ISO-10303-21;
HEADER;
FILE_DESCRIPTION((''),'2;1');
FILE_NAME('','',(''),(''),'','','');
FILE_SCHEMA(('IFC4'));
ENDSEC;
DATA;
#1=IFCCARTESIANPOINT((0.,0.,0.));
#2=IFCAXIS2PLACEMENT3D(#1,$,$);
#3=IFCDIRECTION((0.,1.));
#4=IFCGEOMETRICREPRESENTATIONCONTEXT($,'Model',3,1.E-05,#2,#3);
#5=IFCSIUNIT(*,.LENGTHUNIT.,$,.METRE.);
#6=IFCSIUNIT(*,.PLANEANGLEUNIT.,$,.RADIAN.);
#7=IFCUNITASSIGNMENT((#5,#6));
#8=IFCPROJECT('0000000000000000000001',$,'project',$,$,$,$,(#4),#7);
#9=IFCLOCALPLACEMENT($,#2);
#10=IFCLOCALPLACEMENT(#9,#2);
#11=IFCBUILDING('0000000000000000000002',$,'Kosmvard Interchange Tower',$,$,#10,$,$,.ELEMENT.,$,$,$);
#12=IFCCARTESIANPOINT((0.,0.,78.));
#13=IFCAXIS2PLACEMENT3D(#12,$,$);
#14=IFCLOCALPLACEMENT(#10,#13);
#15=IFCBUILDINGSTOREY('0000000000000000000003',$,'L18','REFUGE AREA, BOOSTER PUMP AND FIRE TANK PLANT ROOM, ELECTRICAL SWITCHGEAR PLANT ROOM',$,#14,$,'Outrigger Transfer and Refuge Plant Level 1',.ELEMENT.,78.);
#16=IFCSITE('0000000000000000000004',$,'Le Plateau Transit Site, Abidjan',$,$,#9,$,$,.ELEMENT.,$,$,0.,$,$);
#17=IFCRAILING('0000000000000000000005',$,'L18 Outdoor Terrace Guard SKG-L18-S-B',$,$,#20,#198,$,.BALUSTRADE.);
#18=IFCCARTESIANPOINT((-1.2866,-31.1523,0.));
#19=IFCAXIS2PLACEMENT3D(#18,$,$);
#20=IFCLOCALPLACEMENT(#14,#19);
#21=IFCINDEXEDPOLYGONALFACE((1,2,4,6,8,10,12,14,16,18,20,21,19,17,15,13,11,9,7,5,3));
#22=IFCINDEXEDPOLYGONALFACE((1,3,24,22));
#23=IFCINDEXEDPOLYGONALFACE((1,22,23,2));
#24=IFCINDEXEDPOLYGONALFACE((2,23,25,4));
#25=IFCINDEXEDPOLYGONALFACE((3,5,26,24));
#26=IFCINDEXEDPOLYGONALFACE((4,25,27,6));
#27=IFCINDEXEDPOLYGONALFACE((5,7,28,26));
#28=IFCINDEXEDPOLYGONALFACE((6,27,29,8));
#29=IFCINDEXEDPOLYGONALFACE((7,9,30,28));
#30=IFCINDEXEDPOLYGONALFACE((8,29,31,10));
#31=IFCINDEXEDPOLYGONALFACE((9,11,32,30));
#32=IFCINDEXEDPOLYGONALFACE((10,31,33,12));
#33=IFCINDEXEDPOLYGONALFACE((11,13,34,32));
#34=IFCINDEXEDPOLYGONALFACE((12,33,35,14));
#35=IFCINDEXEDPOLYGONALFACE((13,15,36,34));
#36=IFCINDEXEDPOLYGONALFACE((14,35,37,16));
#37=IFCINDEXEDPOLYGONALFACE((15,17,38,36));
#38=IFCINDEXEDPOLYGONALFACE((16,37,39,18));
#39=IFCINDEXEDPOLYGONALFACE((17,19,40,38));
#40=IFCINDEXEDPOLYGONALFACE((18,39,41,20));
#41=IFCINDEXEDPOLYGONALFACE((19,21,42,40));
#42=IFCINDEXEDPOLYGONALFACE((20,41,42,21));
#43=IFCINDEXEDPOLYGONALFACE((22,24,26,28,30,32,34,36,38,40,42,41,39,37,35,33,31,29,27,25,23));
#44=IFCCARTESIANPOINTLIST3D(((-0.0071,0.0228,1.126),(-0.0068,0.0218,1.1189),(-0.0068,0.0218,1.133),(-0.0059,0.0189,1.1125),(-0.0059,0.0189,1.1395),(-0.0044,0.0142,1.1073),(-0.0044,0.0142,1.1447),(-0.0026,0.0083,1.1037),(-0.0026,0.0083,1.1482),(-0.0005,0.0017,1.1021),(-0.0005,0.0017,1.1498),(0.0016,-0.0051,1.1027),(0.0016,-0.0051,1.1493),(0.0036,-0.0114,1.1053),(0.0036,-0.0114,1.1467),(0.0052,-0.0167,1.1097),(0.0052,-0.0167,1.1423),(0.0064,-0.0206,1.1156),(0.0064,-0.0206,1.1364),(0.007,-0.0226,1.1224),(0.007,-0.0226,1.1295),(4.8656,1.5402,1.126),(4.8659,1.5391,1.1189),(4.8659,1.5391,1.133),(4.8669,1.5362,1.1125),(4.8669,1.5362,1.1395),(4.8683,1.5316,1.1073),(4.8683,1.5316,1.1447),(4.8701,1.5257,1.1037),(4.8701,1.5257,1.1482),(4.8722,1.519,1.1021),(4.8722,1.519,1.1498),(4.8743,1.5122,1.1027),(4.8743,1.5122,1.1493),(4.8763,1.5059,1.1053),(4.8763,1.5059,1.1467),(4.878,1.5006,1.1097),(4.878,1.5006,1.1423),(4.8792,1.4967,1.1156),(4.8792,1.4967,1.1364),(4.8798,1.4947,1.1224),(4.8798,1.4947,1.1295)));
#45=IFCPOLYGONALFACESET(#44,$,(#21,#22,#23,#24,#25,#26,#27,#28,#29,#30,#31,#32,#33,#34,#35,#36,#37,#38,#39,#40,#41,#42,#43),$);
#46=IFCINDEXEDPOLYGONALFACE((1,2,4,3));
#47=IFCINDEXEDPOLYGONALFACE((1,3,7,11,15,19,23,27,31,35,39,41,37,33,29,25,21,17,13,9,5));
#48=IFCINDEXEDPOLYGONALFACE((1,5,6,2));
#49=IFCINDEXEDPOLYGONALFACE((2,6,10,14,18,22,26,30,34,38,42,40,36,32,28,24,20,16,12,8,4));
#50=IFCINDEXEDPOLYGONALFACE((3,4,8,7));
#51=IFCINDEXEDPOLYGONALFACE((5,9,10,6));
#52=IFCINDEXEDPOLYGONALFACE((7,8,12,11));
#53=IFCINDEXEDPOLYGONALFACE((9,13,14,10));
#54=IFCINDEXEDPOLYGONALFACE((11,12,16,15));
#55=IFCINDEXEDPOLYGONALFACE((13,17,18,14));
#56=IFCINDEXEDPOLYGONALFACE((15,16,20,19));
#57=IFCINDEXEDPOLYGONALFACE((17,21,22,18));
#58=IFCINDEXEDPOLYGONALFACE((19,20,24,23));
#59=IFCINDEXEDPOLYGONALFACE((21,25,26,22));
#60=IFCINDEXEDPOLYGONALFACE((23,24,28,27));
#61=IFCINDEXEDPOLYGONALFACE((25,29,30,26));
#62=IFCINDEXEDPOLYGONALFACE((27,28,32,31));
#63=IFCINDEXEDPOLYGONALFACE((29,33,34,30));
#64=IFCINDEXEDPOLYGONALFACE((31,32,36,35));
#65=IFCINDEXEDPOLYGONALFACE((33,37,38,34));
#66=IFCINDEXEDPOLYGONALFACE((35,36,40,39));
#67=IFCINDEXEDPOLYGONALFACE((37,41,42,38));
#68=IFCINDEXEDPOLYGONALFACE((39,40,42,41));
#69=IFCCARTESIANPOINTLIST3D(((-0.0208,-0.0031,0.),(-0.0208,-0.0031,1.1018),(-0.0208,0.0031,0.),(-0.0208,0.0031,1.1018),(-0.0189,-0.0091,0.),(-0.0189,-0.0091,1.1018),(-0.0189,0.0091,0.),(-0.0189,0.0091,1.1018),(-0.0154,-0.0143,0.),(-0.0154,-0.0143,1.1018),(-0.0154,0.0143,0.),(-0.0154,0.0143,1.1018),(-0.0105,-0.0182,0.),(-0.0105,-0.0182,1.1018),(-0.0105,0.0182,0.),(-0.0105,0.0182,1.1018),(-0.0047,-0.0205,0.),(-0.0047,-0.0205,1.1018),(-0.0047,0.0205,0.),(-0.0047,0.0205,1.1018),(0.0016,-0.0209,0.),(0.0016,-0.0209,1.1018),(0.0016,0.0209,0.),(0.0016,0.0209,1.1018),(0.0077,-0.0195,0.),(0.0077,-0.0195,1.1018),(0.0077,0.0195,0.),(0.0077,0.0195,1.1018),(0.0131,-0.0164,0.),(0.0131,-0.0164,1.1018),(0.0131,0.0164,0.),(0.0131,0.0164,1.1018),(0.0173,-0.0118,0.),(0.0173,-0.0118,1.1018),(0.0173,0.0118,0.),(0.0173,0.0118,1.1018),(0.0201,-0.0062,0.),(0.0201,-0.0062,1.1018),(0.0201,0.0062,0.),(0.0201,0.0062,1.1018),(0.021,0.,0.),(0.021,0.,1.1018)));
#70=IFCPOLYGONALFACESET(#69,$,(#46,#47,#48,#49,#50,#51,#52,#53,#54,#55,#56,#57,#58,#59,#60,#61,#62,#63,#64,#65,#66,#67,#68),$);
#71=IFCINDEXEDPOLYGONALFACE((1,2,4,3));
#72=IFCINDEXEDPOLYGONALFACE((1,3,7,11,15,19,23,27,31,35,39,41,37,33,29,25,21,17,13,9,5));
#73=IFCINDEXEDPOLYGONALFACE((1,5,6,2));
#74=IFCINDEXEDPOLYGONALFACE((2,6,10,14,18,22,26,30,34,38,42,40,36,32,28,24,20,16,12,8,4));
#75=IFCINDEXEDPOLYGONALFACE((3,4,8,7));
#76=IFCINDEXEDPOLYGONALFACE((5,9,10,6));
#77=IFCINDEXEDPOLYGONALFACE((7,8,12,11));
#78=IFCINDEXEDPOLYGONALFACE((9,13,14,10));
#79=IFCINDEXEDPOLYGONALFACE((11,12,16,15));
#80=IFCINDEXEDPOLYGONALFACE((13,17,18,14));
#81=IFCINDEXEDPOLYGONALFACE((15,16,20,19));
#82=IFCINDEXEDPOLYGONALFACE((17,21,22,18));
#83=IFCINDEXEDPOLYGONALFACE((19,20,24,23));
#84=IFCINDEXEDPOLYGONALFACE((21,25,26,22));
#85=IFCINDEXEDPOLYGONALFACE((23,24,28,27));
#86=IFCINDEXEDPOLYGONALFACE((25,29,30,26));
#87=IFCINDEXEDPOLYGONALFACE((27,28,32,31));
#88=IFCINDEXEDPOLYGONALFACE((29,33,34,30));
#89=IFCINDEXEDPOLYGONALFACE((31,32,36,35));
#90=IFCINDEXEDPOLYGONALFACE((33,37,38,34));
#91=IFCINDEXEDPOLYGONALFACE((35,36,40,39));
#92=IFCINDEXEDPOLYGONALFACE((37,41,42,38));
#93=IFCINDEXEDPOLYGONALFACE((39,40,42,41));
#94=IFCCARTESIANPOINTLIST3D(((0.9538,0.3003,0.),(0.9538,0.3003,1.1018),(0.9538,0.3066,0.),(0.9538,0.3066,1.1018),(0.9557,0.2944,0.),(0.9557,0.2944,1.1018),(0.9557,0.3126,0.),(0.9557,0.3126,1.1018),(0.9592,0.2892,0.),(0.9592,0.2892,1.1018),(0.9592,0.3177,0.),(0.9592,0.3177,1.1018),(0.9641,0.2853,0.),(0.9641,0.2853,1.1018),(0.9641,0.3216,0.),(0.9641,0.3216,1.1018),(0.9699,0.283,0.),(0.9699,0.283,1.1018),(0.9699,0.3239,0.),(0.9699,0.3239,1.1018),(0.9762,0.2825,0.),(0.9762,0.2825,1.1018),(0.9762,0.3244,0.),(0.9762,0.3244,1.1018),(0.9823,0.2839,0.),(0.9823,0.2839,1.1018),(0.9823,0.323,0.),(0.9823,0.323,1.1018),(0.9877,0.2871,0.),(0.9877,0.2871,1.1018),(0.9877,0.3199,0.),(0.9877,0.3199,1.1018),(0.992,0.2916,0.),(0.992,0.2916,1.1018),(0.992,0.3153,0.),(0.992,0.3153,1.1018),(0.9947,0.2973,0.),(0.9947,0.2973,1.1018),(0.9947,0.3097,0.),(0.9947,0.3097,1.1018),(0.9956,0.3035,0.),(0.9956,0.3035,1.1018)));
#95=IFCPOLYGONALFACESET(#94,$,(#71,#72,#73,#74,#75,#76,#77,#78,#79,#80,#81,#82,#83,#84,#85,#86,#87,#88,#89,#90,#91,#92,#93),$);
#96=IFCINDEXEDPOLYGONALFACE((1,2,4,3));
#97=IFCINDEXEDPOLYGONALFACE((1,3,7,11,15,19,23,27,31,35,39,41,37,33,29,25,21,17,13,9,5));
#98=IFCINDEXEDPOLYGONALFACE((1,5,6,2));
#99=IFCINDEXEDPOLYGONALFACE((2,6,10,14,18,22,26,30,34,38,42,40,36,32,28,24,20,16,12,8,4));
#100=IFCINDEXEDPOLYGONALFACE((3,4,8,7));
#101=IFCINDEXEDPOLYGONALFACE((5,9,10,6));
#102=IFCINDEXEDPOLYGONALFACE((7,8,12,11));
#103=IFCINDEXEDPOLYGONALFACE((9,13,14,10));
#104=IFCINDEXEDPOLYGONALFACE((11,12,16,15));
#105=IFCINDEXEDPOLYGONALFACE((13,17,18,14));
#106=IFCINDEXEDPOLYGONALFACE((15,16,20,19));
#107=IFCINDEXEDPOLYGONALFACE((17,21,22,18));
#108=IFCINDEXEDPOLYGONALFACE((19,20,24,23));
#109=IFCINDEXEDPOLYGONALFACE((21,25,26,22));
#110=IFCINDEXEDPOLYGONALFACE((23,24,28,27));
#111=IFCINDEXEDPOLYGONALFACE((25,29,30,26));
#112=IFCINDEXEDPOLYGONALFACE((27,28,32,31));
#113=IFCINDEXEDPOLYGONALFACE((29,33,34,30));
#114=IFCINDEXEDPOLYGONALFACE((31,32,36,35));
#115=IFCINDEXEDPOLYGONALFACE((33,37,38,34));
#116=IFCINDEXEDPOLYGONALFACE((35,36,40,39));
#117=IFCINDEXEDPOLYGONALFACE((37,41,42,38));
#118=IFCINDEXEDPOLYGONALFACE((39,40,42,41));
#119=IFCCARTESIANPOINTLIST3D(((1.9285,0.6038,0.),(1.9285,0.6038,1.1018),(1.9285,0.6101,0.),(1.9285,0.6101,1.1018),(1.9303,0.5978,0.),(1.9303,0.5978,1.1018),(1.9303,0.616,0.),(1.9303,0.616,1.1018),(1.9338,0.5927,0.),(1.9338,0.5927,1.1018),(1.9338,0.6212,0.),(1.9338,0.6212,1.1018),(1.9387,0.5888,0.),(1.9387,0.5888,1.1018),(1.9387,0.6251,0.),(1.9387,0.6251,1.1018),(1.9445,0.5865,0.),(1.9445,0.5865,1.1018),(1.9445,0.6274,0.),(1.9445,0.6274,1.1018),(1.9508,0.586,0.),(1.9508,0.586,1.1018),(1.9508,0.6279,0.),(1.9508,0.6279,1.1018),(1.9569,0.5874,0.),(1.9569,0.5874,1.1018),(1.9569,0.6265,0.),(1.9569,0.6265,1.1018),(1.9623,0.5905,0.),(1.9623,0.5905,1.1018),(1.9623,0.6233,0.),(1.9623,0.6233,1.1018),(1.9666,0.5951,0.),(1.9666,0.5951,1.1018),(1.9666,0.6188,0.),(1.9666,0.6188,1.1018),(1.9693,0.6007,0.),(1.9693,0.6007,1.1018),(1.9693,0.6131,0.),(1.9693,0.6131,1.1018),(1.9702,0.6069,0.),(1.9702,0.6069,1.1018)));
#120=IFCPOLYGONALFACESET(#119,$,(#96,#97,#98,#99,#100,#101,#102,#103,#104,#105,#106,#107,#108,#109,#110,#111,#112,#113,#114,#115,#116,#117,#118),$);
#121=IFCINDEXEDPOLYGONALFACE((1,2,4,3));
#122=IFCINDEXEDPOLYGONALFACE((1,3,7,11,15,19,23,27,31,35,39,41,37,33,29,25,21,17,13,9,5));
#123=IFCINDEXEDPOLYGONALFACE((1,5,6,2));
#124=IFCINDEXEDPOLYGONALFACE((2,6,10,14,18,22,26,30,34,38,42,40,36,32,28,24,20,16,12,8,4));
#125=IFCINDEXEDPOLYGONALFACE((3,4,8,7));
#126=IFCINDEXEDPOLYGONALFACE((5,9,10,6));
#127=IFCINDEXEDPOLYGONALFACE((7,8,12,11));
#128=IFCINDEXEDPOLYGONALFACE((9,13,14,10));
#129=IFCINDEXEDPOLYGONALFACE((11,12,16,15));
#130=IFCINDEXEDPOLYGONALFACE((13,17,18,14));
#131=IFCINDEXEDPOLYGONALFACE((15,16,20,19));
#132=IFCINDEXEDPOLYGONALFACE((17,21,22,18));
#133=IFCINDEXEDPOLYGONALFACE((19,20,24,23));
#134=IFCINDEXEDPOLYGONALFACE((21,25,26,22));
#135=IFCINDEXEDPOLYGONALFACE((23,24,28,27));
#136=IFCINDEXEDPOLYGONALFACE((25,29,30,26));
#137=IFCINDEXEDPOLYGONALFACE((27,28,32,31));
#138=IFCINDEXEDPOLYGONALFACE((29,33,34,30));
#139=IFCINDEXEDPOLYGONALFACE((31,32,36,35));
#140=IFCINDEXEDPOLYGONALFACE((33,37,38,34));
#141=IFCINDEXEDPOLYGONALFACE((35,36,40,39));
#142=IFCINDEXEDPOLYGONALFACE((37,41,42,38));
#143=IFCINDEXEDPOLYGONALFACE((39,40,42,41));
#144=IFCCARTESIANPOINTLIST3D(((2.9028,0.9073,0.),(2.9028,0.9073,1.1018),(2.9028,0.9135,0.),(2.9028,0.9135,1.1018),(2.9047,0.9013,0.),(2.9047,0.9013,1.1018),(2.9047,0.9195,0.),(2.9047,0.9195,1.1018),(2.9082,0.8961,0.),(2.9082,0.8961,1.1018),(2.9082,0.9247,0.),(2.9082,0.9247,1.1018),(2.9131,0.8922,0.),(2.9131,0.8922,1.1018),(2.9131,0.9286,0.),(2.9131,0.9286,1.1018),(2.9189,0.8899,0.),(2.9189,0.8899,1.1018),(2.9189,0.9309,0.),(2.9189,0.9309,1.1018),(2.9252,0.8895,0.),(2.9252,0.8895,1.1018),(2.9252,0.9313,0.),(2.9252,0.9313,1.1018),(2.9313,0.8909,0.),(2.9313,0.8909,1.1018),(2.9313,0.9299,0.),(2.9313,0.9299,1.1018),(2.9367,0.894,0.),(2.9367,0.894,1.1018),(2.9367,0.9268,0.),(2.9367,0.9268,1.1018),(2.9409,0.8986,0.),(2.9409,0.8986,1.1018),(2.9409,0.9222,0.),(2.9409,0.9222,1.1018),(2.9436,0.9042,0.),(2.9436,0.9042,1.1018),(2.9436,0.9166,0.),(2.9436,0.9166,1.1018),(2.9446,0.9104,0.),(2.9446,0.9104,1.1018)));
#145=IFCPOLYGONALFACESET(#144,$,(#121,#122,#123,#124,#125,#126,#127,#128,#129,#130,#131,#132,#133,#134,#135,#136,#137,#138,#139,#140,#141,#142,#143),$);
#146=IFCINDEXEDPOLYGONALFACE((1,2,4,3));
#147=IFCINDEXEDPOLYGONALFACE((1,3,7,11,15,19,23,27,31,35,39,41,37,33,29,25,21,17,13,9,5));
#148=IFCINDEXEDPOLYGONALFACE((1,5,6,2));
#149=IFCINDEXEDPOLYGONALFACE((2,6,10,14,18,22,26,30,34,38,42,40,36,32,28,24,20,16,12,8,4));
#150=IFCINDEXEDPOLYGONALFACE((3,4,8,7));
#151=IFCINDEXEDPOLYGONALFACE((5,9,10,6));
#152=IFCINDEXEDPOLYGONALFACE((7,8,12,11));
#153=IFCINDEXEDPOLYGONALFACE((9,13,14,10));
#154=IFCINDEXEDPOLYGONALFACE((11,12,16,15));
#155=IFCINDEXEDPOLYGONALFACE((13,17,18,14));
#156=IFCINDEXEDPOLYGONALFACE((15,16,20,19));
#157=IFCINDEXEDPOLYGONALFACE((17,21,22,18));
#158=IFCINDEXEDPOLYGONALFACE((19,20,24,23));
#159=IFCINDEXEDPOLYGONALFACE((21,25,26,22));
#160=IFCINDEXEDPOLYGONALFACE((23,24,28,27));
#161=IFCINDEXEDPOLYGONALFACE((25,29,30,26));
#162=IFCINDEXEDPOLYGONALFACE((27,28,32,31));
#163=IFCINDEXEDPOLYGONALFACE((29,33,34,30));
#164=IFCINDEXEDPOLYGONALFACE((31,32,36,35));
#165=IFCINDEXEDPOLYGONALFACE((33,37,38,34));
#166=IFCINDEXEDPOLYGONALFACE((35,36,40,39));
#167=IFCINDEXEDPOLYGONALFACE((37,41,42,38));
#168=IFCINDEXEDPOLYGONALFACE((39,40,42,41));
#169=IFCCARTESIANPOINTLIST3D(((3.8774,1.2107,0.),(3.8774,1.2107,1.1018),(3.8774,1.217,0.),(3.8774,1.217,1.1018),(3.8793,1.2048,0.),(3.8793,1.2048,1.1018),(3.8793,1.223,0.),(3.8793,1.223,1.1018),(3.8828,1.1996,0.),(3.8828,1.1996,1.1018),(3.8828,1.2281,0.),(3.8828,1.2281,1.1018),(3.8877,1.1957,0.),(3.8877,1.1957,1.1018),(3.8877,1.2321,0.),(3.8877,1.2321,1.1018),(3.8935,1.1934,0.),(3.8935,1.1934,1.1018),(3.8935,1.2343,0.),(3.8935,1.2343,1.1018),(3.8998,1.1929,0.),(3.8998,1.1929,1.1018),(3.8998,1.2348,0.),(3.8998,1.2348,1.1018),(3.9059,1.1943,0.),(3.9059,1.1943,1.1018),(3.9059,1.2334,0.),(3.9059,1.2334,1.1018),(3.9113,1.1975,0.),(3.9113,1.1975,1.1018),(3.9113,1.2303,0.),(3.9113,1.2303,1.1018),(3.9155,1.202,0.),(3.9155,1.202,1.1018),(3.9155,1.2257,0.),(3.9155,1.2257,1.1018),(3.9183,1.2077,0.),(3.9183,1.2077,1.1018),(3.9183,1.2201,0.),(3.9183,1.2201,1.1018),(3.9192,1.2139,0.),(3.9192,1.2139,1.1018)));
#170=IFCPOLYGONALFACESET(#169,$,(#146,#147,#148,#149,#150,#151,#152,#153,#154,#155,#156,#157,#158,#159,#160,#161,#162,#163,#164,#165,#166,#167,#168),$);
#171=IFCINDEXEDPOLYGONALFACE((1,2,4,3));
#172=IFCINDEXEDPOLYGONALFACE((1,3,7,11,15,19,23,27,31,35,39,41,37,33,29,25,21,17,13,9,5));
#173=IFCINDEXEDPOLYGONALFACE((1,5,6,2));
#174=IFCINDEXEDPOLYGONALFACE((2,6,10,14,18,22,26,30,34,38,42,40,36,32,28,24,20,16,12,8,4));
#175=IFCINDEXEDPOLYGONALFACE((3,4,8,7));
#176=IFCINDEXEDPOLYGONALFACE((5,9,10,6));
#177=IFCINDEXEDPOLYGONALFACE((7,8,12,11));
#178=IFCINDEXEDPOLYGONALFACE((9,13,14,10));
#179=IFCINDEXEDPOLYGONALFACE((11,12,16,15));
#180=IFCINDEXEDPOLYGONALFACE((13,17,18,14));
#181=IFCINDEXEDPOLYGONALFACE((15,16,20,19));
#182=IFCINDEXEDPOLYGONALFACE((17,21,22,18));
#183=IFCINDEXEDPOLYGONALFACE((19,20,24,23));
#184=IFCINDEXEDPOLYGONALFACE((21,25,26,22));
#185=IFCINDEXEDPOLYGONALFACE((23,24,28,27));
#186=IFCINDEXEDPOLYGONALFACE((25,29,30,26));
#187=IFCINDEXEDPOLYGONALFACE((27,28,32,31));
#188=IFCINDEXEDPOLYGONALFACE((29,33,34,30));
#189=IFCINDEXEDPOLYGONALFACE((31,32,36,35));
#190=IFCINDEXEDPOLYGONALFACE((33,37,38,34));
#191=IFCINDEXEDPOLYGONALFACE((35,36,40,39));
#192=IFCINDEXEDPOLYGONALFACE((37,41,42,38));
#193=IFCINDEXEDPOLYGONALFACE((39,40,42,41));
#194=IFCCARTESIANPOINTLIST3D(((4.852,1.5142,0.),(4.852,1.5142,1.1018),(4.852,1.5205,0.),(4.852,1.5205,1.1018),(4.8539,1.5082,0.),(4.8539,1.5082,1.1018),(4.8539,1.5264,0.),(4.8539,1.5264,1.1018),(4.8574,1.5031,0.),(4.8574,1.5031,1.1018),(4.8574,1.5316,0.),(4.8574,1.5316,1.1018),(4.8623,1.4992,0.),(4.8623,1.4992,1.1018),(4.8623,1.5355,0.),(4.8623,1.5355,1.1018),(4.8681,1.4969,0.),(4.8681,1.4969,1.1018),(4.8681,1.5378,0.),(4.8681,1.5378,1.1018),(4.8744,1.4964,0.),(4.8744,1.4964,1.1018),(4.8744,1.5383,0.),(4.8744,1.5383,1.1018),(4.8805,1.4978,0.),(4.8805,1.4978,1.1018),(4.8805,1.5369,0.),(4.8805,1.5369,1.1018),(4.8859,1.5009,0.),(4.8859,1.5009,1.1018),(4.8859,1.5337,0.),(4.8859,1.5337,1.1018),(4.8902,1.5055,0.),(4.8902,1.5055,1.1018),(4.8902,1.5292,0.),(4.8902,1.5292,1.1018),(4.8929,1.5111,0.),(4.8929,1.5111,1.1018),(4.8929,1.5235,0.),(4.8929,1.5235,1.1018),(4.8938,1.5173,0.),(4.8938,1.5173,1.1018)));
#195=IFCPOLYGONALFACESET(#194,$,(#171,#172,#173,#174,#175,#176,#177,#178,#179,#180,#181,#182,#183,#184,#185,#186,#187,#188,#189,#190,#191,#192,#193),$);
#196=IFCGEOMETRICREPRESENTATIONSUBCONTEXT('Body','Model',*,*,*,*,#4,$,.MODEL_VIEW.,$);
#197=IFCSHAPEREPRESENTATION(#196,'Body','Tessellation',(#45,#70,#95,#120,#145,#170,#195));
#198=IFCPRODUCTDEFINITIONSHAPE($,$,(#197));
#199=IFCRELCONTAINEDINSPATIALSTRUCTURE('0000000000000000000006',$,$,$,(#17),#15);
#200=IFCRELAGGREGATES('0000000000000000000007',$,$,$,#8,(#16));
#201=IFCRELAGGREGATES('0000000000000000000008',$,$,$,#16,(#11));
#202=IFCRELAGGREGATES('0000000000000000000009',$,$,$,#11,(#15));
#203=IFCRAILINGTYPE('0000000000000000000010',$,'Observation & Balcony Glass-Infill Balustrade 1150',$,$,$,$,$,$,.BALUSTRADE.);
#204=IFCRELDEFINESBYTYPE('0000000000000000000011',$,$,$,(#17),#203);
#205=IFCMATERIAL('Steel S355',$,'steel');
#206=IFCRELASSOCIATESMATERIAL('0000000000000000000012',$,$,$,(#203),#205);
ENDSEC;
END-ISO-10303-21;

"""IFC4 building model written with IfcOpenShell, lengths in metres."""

from ifc_helpers import new_model, si_unit, direction, frame, origin, origin_2d, place, context, subcontext, project, spatial, circle, extrude, source, transform, mapped, material, type_object, element, save


model = new_model("IFC4")

# Units and contexts
model_context = context("Model", 3, precision=1e-05, world=origin(), true_north=direction((0.0, 1.0)))
body_context = subcontext(model_context, "Body", "Model", "MODEL_VIEW")
ifc_project = project(units=[si_unit("LENGTHUNIT", "METRE"), si_unit("PLANEANGLEUNIT", "RADIAN")], contexts=[model_context])

# Site, building, storey
site_placement = place(None, origin())
site = spatial("IfcSite", under=ifc_project, at=site_placement, Name="Le Plateau Transit Site, Abidjan", CompositionType="ELEMENT", RefElevation=0.0)
building_placement = place(site_placement, origin())
building = spatial("IfcBuilding", under=site, at=building_placement, Name="Kosmvard Interchange Tower", CompositionType="ELEMENT")
storey_placement = place(building_placement, frame((0.0, 0.0, 78.0)))
storey = spatial("IfcBuildingStorey", under=building, at=storey_placement, Name="L18", Description="REFUGE AREA, BOOSTER PUMP AND FIRE TANK PLANT ROOM, ELECTRICAL SWITCHGEAR PLANT ROOM", LongName="Outrigger Transfer and Refuge Plant Level 1", CompositionType="ELEMENT", Elevation=78.0)

# Shared definitions
ifc_material_1 = material(Name="Steel S355", Category="steel")

# Railing
railing_type = type_object("IfcRailingType", Name="Observation & Balcony Glass-Infill Balustrade 1150", PredefinedType="BALUSTRADE", material=ifc_material_1)
shared_shape_1 = source(origin(), body_context, "Body", "SweptSolid", [
    extrude(circle(Radius=0.0239, at=origin_2d()), frame((0.0, 0.0, 1.126), z_axis=(0.954782, 0.297308, 0.0), x_axis=(-0.297308, 0.954782, 0.0)), (0.0, 0.0, 1.0), 5.1035),
    extrude(circle(Radius=0.021, at=origin_2d()), origin(), (0.0, 0.0, 1.0), 1.1018),
    extrude(circle(Radius=0.021, at=origin_2d()), frame((0.9746, 0.3035, 0.0)), (0.0, 0.0, 1.0), 1.1018),
    extrude(circle(Radius=0.021, at=origin_2d()), frame((1.9492, 0.6069, 0.0)), (0.0, 0.0, 1.0), 1.1018),
    extrude(circle(Radius=0.021, at=origin_2d()), frame((2.9236, 0.9104, 0.0)), (0.0, 0.0, 1.0), 1.1018),
    extrude(circle(Radius=0.021, at=origin_2d()), frame((3.8982, 1.2139, 0.0)), (0.0, 0.0, 1.0), 1.1018),
    extrude(circle(Radius=0.021, at=origin_2d()), frame((4.8728, 1.5173, 0.0)), (0.0, 0.0, 1.0), 1.1018),
])
railing_1_placement = place(storey_placement, frame((-1.2866, -31.1523, 0.0)))
element("IfcRailing", 1, at=railing_1_placement, inside=storey, type_object=railing_type, Name="L18 Outdoor Terrace Guard SKG-L18-S-B", PredefinedType="BALUSTRADE", context=body_context, shape_type="MappedRepresentation", body=[
    mapped(shared_shape_1, transform((0.0, 0.0, 0.0), scale=1.0)),
])

save(model, "model.ifc")
